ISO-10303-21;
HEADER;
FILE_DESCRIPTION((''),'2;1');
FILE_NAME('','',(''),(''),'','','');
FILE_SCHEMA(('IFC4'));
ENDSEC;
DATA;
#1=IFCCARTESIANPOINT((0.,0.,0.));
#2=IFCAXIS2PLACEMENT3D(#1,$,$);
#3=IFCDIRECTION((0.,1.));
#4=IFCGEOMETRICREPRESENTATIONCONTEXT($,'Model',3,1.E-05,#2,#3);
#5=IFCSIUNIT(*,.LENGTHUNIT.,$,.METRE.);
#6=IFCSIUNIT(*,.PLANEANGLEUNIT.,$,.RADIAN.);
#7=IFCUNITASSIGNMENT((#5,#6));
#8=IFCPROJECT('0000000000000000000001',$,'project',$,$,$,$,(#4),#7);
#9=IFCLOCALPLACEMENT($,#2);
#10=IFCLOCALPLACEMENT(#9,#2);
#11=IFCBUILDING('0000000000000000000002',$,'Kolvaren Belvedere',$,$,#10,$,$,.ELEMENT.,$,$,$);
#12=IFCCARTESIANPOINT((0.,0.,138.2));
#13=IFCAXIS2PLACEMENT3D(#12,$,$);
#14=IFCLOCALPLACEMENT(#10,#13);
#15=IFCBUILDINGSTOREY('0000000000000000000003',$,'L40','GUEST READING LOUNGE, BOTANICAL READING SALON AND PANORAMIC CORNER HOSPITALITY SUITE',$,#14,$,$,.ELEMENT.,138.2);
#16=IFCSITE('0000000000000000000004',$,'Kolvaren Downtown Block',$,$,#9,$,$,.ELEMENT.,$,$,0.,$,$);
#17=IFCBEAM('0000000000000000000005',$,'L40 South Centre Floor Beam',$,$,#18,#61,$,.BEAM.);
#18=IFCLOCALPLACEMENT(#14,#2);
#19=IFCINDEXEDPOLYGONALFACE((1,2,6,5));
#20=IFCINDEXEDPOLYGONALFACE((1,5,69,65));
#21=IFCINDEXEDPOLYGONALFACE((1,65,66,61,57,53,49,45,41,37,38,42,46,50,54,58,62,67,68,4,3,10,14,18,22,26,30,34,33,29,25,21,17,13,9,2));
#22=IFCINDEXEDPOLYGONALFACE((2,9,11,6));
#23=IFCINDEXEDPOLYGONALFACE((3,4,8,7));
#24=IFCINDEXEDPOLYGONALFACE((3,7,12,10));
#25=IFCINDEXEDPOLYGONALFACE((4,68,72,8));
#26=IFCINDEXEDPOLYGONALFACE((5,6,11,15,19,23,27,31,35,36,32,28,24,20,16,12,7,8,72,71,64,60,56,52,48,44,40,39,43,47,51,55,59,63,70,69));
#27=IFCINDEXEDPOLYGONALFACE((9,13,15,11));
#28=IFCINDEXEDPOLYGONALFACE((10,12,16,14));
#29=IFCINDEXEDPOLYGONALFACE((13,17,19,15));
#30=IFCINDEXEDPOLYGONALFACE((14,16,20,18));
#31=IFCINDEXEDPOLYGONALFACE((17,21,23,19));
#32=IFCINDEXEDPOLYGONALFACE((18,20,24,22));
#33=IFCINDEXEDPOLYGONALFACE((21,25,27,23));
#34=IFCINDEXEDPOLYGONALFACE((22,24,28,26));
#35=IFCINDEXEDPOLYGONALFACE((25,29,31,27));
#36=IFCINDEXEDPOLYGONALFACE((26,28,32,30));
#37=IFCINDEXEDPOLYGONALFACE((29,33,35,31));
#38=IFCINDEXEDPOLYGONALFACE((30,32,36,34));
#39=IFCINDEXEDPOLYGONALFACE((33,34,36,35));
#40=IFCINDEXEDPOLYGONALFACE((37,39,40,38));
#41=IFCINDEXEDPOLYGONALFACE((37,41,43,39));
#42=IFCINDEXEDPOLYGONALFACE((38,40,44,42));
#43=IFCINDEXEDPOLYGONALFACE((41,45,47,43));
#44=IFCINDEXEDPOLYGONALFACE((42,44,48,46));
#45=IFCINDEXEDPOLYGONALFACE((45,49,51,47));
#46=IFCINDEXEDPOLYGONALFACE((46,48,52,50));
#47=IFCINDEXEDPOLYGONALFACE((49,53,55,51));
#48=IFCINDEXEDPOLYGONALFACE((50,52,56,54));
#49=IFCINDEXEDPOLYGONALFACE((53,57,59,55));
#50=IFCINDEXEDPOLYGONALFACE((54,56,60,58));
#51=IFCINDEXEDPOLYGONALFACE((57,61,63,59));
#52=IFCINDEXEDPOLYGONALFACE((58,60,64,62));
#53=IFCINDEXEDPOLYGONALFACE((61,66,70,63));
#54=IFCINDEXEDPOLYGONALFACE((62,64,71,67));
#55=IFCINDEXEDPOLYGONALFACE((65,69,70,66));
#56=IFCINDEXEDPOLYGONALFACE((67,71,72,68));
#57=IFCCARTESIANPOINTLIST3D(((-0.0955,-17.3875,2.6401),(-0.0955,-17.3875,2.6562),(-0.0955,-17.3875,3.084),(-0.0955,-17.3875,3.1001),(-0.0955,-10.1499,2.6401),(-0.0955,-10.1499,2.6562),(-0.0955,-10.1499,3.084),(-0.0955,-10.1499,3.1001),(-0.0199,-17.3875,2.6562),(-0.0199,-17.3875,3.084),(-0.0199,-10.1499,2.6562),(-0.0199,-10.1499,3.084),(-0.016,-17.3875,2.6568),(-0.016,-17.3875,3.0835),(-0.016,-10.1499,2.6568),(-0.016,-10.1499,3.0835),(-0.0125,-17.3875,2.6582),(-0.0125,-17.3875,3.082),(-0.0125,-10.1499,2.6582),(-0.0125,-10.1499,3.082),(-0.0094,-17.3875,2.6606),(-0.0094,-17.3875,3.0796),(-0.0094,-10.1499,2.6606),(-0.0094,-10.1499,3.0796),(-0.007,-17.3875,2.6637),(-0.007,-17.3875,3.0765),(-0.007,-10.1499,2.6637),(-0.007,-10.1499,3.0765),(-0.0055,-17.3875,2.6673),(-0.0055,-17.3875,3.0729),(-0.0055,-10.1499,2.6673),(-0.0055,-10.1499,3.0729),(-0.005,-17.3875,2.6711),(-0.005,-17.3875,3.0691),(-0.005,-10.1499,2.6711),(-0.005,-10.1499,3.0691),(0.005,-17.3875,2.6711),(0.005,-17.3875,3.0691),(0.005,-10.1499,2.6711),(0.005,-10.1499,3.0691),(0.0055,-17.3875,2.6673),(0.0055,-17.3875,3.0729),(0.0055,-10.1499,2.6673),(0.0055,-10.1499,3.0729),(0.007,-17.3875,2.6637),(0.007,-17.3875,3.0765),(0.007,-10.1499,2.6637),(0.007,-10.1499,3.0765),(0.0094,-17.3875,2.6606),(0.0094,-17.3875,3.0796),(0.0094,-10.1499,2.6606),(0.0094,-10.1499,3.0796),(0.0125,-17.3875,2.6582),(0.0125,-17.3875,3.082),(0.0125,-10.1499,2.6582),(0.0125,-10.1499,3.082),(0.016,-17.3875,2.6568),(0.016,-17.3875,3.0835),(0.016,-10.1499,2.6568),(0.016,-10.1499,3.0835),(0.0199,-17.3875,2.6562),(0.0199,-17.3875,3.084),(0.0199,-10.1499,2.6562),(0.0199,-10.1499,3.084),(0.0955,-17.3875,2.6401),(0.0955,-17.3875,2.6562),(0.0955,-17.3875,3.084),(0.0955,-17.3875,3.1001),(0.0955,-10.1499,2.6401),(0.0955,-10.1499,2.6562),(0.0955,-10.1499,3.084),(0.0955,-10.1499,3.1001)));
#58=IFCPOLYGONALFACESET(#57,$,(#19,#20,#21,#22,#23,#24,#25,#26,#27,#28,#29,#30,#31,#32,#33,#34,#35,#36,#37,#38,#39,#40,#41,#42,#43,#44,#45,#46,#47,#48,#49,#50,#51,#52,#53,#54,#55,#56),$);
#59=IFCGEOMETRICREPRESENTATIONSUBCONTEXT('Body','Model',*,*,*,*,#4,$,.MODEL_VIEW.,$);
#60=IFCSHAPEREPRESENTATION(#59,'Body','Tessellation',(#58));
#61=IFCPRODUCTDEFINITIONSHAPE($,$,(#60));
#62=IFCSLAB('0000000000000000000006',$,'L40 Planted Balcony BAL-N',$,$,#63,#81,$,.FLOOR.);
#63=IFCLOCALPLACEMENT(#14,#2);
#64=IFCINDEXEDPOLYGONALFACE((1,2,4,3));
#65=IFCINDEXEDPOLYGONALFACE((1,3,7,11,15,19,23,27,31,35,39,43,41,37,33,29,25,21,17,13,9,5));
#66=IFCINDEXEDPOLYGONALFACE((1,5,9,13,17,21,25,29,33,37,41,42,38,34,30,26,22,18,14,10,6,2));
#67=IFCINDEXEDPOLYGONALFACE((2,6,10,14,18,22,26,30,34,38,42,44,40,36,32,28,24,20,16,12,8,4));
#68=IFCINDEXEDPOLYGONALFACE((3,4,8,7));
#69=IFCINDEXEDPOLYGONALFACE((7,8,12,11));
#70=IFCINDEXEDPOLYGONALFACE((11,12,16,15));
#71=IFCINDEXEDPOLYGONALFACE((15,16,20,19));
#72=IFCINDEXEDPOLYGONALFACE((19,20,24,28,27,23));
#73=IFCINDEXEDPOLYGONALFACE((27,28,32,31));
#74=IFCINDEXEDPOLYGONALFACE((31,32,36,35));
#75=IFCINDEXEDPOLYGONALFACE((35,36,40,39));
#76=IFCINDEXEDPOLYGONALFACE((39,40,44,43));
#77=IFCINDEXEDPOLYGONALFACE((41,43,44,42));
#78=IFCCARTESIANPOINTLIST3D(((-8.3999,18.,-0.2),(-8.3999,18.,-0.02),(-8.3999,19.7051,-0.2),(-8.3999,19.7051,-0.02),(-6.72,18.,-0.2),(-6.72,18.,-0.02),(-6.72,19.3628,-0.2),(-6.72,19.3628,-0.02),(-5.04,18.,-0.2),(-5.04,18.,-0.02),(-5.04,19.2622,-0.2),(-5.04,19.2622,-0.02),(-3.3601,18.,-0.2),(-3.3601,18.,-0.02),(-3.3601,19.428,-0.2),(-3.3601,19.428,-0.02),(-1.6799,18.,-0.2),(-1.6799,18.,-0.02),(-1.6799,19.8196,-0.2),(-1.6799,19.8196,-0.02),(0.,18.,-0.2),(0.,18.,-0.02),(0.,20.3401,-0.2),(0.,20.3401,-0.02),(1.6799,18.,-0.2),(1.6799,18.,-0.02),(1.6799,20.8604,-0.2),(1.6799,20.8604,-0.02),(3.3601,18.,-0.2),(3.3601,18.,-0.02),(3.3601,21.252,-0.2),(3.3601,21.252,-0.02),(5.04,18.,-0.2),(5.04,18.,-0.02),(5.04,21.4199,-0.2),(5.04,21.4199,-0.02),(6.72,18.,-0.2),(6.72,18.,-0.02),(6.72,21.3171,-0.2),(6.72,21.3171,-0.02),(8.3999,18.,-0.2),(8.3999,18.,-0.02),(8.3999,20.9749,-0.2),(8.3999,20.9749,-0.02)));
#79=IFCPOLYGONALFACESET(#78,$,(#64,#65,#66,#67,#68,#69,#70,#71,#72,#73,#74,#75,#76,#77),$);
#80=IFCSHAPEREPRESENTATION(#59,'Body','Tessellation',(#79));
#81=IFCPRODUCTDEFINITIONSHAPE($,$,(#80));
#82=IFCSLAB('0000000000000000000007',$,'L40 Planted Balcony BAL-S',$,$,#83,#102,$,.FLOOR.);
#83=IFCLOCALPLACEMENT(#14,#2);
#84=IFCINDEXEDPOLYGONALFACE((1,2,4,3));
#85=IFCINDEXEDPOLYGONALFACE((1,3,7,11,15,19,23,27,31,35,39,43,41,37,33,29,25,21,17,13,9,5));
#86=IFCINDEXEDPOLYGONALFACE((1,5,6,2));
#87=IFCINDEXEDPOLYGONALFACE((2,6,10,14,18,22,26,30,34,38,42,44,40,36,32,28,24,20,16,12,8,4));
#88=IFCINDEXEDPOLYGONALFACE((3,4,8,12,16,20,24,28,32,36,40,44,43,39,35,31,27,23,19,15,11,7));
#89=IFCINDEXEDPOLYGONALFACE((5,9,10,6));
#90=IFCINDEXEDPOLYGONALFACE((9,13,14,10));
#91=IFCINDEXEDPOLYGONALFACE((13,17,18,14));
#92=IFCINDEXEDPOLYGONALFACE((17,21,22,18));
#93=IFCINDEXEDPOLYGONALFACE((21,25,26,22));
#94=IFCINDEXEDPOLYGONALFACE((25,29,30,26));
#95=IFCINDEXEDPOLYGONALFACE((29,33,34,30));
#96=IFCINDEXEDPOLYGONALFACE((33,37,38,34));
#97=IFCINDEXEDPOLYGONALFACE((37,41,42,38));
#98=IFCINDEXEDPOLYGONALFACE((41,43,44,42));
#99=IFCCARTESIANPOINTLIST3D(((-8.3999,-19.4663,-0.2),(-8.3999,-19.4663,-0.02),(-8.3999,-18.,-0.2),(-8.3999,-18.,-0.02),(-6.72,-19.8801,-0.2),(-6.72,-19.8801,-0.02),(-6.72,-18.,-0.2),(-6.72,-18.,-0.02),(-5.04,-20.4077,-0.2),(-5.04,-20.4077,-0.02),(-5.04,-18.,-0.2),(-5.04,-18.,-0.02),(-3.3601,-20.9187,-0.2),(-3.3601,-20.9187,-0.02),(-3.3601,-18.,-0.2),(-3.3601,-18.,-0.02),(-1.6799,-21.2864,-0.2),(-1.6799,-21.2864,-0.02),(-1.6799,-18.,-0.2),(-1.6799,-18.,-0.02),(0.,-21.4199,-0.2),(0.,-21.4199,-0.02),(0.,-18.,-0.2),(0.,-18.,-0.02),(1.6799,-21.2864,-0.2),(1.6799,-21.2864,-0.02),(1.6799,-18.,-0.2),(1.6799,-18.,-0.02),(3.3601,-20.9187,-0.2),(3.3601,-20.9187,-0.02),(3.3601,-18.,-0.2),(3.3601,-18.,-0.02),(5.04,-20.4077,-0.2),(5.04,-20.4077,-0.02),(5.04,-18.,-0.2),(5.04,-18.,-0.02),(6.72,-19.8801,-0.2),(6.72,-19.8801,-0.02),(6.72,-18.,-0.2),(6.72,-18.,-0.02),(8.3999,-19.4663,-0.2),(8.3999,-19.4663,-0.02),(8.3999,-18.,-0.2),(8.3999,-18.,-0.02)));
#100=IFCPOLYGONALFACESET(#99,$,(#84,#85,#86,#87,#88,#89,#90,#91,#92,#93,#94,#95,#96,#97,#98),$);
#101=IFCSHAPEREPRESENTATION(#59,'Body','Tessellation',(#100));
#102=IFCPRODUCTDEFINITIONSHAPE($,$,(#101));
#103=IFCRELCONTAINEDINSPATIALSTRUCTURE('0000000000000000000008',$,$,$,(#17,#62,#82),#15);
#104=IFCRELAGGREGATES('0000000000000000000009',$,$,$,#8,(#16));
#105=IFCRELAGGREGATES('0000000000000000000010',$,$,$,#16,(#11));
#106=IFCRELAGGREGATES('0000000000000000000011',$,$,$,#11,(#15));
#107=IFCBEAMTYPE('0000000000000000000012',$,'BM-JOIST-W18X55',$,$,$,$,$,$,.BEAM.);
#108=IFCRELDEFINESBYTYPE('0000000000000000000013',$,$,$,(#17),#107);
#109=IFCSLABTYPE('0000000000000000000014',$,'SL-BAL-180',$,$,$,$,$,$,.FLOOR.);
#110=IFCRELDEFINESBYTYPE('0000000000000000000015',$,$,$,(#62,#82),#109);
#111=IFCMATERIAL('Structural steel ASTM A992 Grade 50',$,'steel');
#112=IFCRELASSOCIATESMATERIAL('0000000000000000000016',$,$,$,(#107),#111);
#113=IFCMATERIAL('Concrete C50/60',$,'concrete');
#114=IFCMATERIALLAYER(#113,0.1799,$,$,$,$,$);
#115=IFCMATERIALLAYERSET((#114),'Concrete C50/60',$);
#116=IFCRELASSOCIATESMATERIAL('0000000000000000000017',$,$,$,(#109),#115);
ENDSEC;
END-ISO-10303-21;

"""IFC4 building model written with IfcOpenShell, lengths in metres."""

from ifc_helpers import new_model, si_unit, direction, frame, origin, origin_2d, place, context, subcontext, project, spatial, polyline, i_section, outline, extrude, material, layer, layer_set, material_profile, profile_set, type_object, element, save


model = new_model("IFC4")

# Units and contexts
model_context = context("Model", 3, precision=1e-05, world=origin(), true_north=direction((0.0, 1.0)))
body_context = subcontext(model_context, "Body", "Model", "MODEL_VIEW")
ifc_project = project(units=[si_unit("LENGTHUNIT", "METRE"), si_unit("PLANEANGLEUNIT", "RADIAN")], contexts=[model_context])

# Site, building, storey
site_placement = place(None, origin())
site = spatial("IfcSite", under=ifc_project, at=site_placement, Name="Kolvaren Downtown Block", CompositionType="ELEMENT", RefElevation=0.0)
building_placement = place(site_placement, origin())
building = spatial("IfcBuilding", under=site, at=building_placement, Name="Kolvaren Belvedere", CompositionType="ELEMENT")
storey_placement = place(building_placement, frame((0.0, 0.0, 138.2)))
storey = spatial("IfcBuildingStorey", under=building, at=storey_placement, Name="L40", Description="GUEST READING LOUNGE, BOTANICAL READING SALON AND PANORAMIC CORNER HOSPITALITY SUITE", CompositionType="ELEMENT", Elevation=138.2)

# Beam
ifc_material_1 = material(Name="Structural steel ASTM A992 Grade 50", Category="steel")
ifc_material_profile_1 = material_profile(ifc_material_1, i_section(OverallWidth=0.1909, OverallDepth=0.46, WebThickness=0.01, FlangeThickness=0.0161, FilletRadius=0.0149, at=origin_2d()), Name="W18X55")
ifc_profile_set_1 = profile_set([ifc_material_profile_1], Name="Structural steel ASTM A992 Grade 50")
beam_type_1 = type_object("IfcBeamType", Name="BM-JOIST-W18X55", PredefinedType="BEAM", material=ifc_profile_set_1)
beam_1_placement = place(storey_placement, frame((0.0, -10.1499, 2.8701), z_axis=(0.0, -1.0, 0.0), x_axis=(1.0, 0.0, 0.0)))
element("IfcBeam", 1, at=beam_1_placement, inside=storey, type_object=beam_type_1, Name="L40 South Centre Floor Beam", PredefinedType="BEAM", context=body_context, shape_type="SweptSolid", body=[
    extrude(i_section(OverallWidth=0.1909, OverallDepth=0.46, WebThickness=0.01, FlangeThickness=0.0161, FilletRadius=0.0149, at=origin_2d()), origin(), (0.0, 0.0, 1.0), 7.2375),
])

# Slabs
ifc_material_2 = material(Name="Concrete C50/60", Category="concrete")
ifc_layer_1 = layer(ifc_material_2, 0.1799)
ifc_layer_set_1 = layer_set([ifc_layer_1], Name="Concrete C50/60")
slab_type_1 = type_object("IfcSlabType", Name="SL-BAL-180", PredefinedType="FLOOR", material=ifc_layer_set_1)
slab_1_placement = place(storey_placement, frame((0.0, 0.0, -0.2)))
element("IfcSlab", 2, at=slab_1_placement, inside=storey, type_object=slab_type_1, Name="L40 Planted Balcony BAL-N", PredefinedType="FLOOR", context=body_context, shape_type="SweptSolid", body=[
    extrude(outline(polyline([(-8.3999, 18.0), (-6.72, 18.0), (-5.04, 18.0), (-3.3601, 18.0), (-1.6799, 18.0), (0.0, 18.0), (1.6799, 18.0), (3.3601, 18.0), (5.04, 18.0), (6.72, 18.0), (8.3999, 18.0), (8.3999, 20.9749), (6.72, 21.3171), (5.04, 21.4199), (3.3601, 21.252), (1.6799, 20.8604), (0.0, 20.3401), (-1.6799, 19.8196), (-3.3601, 19.428), (-5.04, 19.2622), (-6.72, 19.3628), (-8.3999, 19.7051), (-8.3999, 18.0)])), origin(), (0.0, 0.0, 1.0), 0.1799),
])
slab_2_placement = place(storey_placement, frame((0.0, 0.0, -0.2)))
element("IfcSlab", 3, at=slab_2_placement, inside=storey, type_object=slab_type_1, Name="L40 Planted Balcony BAL-S", PredefinedType="FLOOR", context=body_context, shape_type="SweptSolid", body=[
    extrude(outline(polyline([(-8.3999, -19.4663), (-6.72, -19.8801), (-5.04, -20.4077), (-3.3601, -20.9187), (-1.6799, -21.2864), (0.0, -21.4199), (1.6799, -21.2864), (3.3601, -20.9187), (5.04, -20.4077), (6.72, -19.8801), (8.3999, -19.4663), (8.3999, -18.0), (6.72, -18.0), (5.04, -18.0), (3.3601, -18.0), (1.6799, -18.0), (0.0, -18.0), (-1.6799, -18.0), (-3.3601, -18.0), (-5.04, -18.0), (-6.72, -18.0), (-8.3999, -18.0), (-8.3999, -19.4663)])), origin(), (0.0, 0.0, 1.0), 0.1799),
])

save(model, "model.ifc")
